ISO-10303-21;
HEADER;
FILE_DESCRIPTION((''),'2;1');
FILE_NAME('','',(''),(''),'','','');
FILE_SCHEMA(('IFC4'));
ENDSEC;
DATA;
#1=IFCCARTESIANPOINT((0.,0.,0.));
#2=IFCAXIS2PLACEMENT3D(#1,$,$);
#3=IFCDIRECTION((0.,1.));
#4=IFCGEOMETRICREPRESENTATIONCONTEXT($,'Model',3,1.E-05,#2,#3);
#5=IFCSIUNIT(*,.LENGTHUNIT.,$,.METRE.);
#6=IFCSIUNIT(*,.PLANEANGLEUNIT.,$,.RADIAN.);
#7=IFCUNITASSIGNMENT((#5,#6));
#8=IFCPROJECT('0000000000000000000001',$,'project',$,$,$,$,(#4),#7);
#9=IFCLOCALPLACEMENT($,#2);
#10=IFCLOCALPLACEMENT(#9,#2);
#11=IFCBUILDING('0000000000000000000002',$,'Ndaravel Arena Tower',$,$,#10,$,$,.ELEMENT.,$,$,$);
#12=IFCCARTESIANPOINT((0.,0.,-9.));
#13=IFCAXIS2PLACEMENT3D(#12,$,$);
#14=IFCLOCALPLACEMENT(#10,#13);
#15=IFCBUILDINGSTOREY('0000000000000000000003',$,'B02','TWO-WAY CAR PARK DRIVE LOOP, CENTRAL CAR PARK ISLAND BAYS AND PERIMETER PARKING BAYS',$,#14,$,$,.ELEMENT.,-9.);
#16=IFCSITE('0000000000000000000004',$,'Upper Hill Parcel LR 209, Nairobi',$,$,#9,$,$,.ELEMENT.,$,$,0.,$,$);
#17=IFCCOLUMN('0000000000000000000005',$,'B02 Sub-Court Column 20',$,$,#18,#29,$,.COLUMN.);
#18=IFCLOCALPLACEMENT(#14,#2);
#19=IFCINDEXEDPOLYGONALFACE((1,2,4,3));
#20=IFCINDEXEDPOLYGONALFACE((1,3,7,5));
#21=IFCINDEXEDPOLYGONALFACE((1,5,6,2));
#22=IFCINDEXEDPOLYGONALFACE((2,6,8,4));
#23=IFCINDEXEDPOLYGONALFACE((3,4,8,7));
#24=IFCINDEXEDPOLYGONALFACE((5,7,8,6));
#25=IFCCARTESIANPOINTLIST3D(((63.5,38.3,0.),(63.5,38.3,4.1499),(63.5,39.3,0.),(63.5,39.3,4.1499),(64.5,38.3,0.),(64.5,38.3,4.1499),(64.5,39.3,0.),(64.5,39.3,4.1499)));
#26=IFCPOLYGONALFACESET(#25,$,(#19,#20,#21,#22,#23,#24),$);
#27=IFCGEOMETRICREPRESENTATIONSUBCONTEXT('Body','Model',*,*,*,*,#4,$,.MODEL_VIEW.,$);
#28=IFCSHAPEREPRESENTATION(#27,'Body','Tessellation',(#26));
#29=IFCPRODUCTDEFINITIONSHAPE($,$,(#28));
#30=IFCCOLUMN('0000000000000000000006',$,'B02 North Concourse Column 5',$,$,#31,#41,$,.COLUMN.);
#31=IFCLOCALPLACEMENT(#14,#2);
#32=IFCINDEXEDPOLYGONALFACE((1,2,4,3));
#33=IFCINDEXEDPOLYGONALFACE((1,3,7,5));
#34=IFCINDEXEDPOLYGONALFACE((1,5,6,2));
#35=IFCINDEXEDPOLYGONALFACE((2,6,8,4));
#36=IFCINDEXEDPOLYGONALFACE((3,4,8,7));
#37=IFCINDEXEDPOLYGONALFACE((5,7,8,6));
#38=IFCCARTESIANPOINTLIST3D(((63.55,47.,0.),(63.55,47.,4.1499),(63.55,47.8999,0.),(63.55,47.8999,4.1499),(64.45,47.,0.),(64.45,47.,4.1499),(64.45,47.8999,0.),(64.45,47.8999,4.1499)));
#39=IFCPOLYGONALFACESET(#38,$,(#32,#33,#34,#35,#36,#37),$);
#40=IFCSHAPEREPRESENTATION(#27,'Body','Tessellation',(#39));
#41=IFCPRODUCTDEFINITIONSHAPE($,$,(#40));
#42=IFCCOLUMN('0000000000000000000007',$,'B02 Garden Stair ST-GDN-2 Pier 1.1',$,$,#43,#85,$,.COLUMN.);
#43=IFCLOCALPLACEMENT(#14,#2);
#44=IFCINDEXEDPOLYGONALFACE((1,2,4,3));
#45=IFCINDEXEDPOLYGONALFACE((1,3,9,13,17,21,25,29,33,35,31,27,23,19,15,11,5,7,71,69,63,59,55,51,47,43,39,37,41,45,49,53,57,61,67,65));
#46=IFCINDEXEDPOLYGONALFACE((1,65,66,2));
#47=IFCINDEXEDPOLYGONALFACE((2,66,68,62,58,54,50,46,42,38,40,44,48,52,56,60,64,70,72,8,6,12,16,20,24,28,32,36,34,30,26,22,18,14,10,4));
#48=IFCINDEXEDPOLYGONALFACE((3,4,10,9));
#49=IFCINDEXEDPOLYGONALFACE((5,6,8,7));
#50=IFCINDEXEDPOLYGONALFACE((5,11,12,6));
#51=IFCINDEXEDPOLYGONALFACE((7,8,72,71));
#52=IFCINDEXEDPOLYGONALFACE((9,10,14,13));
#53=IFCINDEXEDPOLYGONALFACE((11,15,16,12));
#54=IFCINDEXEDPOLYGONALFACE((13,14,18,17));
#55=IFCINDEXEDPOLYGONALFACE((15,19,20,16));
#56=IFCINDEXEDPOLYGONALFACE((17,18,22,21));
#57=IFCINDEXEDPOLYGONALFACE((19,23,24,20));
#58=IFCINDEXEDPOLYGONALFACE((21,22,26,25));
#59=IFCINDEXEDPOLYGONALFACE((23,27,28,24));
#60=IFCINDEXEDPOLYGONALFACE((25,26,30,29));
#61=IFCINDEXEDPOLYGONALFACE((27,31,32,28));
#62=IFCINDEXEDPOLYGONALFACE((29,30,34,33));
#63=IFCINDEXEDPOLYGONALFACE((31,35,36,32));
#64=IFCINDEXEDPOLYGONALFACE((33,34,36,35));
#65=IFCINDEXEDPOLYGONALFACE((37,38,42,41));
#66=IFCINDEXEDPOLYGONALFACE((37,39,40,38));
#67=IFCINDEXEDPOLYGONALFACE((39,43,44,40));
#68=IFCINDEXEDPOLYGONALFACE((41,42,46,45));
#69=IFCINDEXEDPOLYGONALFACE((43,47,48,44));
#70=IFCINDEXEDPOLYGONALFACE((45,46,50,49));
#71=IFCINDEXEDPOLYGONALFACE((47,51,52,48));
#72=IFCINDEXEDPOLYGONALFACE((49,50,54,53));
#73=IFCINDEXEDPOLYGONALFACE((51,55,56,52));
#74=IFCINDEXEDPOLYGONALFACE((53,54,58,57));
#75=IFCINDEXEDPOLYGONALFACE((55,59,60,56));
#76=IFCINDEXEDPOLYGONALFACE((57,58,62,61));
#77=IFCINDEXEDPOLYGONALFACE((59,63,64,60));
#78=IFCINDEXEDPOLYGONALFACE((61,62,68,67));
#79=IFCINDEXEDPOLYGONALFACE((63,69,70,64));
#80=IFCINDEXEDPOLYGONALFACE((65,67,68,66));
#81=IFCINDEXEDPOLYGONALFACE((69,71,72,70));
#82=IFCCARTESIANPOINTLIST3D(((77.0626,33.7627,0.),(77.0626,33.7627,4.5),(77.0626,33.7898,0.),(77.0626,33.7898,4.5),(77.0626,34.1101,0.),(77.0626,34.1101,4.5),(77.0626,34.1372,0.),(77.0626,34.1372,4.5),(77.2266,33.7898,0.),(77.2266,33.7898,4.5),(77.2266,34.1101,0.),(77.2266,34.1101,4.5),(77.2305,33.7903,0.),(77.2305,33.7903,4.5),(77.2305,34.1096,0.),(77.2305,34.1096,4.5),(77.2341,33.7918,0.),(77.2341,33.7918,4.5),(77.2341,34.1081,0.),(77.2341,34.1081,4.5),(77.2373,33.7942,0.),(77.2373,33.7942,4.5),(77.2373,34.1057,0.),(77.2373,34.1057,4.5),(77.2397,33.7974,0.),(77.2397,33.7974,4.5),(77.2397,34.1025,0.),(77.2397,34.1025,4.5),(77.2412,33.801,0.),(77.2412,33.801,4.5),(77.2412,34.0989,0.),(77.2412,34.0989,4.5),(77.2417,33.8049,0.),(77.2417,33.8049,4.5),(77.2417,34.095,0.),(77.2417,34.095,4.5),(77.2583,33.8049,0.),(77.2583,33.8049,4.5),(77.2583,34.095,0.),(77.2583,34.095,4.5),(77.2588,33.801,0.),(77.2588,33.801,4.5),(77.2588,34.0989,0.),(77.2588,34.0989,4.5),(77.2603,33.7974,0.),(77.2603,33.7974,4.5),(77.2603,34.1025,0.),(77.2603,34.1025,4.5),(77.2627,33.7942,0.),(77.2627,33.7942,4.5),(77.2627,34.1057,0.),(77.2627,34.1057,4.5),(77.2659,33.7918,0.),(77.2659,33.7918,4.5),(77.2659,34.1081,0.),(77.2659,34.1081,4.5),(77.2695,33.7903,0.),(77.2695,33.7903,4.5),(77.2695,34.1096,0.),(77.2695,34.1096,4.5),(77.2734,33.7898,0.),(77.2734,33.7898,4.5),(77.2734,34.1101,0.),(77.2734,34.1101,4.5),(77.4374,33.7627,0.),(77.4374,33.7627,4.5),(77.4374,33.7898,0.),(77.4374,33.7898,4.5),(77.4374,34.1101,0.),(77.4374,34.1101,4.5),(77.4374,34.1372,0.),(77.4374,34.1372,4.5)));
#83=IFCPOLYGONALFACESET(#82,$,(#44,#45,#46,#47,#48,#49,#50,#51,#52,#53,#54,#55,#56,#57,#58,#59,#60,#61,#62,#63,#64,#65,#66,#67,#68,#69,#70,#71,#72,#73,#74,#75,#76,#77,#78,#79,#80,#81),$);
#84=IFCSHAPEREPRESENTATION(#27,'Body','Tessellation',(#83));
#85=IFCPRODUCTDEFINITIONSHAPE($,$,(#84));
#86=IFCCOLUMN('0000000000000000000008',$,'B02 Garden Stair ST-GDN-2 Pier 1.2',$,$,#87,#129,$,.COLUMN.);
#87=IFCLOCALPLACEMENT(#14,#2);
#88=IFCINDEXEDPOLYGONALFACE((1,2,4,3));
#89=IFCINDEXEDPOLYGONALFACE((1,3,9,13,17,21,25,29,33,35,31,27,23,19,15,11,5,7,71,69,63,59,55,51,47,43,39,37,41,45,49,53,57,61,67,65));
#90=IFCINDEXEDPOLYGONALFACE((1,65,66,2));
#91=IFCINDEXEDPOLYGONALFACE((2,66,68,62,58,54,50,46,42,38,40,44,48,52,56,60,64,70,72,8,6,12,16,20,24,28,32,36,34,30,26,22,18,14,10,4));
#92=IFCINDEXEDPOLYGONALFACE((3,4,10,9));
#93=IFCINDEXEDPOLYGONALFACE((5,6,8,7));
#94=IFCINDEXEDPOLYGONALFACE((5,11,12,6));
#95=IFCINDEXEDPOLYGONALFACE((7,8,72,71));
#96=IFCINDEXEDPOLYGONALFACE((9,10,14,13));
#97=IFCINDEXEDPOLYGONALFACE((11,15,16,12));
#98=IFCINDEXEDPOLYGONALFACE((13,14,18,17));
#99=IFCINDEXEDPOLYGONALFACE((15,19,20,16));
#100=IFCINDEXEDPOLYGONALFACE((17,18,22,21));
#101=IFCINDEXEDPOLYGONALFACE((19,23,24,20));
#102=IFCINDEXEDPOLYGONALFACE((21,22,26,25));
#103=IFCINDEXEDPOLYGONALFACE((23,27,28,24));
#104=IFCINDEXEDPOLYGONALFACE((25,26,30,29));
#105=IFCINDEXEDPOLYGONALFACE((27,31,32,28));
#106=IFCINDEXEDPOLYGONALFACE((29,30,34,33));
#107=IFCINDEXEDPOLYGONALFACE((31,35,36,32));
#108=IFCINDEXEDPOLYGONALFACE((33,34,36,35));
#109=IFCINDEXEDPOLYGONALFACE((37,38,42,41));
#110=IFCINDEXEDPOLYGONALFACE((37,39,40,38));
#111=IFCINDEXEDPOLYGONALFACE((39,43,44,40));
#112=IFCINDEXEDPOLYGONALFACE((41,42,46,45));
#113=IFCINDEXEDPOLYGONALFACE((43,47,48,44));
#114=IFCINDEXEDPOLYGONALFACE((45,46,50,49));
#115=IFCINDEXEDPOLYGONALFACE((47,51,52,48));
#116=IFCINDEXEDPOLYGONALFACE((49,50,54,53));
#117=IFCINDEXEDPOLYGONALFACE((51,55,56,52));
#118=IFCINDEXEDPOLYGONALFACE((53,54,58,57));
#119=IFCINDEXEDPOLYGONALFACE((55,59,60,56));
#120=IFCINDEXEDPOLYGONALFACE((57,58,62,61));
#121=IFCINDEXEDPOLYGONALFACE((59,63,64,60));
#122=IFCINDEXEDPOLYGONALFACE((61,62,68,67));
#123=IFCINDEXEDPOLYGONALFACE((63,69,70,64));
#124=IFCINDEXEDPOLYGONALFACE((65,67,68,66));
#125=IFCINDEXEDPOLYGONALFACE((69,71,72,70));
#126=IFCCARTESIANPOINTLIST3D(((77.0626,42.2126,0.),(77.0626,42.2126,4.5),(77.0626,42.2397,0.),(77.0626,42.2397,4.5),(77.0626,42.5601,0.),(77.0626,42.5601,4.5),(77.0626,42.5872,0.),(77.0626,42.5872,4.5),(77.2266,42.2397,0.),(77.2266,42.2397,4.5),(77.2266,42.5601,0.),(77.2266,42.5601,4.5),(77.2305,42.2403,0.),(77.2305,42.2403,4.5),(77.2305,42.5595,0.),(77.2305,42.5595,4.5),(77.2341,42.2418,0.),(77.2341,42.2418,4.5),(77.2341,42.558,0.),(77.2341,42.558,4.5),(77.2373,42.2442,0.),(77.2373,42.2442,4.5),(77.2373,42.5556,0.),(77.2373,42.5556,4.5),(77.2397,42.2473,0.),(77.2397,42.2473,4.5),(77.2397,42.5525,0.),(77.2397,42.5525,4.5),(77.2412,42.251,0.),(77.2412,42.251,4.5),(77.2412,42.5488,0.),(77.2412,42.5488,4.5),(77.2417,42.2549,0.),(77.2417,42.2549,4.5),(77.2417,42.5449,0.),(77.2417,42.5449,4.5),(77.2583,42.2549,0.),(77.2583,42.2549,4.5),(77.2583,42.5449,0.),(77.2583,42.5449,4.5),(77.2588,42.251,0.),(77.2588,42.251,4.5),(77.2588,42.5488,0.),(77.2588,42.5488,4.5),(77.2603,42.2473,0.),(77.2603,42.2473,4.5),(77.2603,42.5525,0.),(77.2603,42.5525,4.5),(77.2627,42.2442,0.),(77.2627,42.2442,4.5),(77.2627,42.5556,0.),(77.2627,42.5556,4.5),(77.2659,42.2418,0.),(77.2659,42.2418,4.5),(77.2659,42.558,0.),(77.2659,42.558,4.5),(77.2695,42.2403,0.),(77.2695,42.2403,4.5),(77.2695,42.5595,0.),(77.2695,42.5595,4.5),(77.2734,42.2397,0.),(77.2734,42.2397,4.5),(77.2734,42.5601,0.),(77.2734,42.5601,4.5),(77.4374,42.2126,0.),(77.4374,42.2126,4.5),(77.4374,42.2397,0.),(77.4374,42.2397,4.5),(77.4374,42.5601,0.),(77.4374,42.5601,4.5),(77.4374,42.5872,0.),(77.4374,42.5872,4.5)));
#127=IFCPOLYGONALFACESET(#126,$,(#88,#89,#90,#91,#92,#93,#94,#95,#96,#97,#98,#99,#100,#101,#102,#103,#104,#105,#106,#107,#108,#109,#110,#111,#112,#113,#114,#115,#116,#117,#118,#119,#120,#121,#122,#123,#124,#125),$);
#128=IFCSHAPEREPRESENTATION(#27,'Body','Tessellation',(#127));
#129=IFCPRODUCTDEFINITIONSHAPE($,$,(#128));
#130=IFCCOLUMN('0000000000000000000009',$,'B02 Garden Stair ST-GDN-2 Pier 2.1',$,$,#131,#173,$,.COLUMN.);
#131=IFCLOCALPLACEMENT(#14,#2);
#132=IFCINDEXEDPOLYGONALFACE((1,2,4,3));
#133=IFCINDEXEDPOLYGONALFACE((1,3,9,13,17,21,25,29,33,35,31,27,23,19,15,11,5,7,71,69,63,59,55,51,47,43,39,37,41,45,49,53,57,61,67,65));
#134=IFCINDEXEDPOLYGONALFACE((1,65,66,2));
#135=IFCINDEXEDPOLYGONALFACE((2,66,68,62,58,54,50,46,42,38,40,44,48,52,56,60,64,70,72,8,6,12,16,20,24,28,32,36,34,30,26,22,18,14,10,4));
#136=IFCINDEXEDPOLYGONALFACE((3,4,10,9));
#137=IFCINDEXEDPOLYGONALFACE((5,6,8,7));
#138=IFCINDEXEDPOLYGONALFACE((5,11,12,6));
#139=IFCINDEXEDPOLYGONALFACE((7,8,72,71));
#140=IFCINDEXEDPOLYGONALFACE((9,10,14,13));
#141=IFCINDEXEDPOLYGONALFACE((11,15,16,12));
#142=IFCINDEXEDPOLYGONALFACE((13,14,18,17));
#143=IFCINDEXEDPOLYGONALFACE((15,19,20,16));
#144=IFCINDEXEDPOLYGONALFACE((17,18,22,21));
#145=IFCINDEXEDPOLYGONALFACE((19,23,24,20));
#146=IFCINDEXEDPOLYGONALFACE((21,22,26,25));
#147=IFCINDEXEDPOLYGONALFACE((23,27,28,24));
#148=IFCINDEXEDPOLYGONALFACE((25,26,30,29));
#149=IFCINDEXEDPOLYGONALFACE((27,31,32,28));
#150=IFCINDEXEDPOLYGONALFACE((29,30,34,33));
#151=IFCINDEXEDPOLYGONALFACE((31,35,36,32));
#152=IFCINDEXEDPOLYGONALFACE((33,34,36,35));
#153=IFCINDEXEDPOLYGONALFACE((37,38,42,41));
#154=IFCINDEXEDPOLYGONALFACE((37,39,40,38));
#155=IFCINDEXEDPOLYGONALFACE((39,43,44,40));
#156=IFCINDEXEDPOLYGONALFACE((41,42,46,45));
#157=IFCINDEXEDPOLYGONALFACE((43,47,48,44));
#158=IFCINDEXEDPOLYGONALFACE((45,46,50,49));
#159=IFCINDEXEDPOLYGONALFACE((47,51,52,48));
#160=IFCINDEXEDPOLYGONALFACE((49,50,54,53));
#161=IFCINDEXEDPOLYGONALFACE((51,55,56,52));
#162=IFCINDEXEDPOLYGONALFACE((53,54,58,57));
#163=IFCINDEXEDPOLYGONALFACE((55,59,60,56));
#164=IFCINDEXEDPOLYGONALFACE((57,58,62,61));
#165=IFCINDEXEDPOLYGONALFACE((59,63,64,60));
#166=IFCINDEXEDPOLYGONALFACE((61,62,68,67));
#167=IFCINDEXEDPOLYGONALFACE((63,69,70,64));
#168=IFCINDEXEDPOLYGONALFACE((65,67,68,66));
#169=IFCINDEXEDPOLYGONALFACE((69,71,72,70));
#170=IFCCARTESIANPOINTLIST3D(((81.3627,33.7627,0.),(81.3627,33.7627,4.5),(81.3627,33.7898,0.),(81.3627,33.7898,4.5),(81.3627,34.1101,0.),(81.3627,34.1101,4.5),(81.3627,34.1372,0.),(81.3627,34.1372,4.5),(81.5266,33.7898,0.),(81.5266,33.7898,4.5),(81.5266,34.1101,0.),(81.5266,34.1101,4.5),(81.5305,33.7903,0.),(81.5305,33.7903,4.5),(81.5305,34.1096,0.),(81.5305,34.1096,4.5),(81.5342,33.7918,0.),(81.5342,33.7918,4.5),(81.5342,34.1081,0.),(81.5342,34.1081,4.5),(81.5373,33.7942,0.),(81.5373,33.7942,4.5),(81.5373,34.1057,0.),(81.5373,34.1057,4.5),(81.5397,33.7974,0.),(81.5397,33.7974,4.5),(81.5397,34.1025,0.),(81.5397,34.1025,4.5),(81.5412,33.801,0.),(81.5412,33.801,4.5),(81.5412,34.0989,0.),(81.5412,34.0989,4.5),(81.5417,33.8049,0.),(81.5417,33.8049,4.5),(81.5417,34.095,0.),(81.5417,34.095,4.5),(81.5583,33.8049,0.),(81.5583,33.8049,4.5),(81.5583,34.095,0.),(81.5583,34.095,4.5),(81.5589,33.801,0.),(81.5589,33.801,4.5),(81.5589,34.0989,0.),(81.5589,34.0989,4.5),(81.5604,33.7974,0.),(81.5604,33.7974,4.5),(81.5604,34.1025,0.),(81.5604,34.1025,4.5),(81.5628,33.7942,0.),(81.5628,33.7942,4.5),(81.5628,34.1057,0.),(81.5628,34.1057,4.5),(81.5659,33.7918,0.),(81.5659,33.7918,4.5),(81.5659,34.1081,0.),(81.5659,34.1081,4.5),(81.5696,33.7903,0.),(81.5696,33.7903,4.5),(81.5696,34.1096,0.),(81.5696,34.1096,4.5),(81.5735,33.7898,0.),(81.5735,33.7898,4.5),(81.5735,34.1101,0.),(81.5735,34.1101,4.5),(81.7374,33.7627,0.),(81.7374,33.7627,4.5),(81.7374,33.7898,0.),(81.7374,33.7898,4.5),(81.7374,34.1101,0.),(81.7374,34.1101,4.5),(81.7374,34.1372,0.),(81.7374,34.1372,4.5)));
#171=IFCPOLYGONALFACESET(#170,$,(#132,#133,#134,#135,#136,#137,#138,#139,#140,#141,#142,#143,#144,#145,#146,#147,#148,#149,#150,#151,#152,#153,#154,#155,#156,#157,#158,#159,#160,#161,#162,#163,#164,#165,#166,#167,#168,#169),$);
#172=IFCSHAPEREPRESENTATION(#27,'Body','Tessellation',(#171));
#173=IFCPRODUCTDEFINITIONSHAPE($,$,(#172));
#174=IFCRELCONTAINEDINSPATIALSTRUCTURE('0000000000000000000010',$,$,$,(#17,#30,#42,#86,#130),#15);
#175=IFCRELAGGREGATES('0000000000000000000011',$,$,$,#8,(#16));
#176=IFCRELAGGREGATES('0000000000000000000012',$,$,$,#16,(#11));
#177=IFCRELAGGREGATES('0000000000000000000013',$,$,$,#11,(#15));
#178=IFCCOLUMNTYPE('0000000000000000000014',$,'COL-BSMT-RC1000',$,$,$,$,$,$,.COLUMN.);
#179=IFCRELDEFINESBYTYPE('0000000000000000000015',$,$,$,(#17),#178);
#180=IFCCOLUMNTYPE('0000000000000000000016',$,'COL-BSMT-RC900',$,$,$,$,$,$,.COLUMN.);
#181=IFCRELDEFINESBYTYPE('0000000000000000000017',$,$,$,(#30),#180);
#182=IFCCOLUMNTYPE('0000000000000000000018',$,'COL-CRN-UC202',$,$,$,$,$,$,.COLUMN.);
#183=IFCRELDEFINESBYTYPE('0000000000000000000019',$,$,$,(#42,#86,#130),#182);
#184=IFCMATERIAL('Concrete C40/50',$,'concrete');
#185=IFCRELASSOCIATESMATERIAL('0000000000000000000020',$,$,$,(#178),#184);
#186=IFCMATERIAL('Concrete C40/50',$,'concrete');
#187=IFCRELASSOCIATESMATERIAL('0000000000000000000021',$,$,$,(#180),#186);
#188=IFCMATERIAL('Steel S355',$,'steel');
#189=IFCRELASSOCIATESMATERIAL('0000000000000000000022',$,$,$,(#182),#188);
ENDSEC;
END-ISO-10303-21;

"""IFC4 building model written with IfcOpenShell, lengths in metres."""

from ifc_helpers import new_model, si_unit, direction, frame, origin, origin_2d, place, context, subcontext, project, spatial, rectangle, i_section, extrude, material, material_profile, profile_set, type_object, element, save


model = new_model("IFC4")

# Units and contexts
model_context = context("Model", 3, precision=1e-05, world=origin(), true_north=direction((0.0, 1.0)))
body_context = subcontext(model_context, "Body", "Model", "MODEL_VIEW")
ifc_project = project(units=[si_unit("LENGTHUNIT", "METRE"), si_unit("PLANEANGLEUNIT", "RADIAN")], contexts=[model_context])

# Site, building, storey
site_placement = place(None, origin())
site = spatial("IfcSite", under=ifc_project, at=site_placement, Name="Upper Hill Parcel LR 209, Nairobi", CompositionType="ELEMENT", RefElevation=0.0)
building_placement = place(site_placement, origin())
building = spatial("IfcBuilding", under=site, at=building_placement, Name="Ndaravel Arena Tower", CompositionType="ELEMENT")
storey_placement = place(building_placement, frame((0.0, 0.0, -9.0)))
storey = spatial("IfcBuildingStorey", under=building, at=storey_placement, Name="B02", Description="TWO-WAY CAR PARK DRIVE LOOP, CENTRAL CAR PARK ISLAND BAYS AND PERIMETER PARKING BAYS", CompositionType="ELEMENT", Elevation=-9.0)

# Columns
ifc_material_1 = material(Name="Concrete C40/50", Category="concrete")
ifc_material_profile_1 = material_profile(ifc_material_1, rectangle(XDim=1.0, YDim=1.0, at=origin_2d()), Name="RC 1000x1000")
ifc_profile_set_1 = profile_set([ifc_material_profile_1], Name="Concrete C40/50")
column_type_1 = type_object("IfcColumnType", Name="COL-BSMT-RC1000", PredefinedType="COLUMN", material=ifc_profile_set_1)
column_1_placement = place(storey_placement, frame((64.0, 38.8, 0.0), z_axis=(0.0, 0.0, 1.0), x_axis=(1.0, 0.0, 0.0)))
element("IfcColumn", 1, at=column_1_placement, inside=storey, type_object=column_type_1, Name="B02 Sub-Court Column 20", PredefinedType="COLUMN", context=body_context, shape_type="SweptSolid", body=[
    extrude(rectangle(XDim=1.0, YDim=1.0, at=origin_2d()), origin(), (0.0, 0.0, 1.0), 4.1499),
])
ifc_material_2 = material(Name="Concrete C40/50", Category="concrete")
ifc_material_profile_2 = material_profile(ifc_material_2, rectangle(XDim=0.8999, YDim=0.8999, at=origin_2d()), Name="RC 900x900")
ifc_profile_set_2 = profile_set([ifc_material_profile_2], Name="Concrete C40/50")
column_type_2 = type_object("IfcColumnType", Name="COL-BSMT-RC900", PredefinedType="COLUMN", material=ifc_profile_set_2)
column_2_placement = place(storey_placement, frame((64.0, 47.45, 0.0), z_axis=(0.0, 0.0, 1.0), x_axis=(1.0, 0.0, 0.0)))
element("IfcColumn", 2, at=column_2_placement, inside=storey, type_object=column_type_2, Name="B02 North Concourse Column 5", PredefinedType="COLUMN", context=body_context, shape_type="SweptSolid", body=[
    extrude(rectangle(XDim=0.8999, YDim=0.8999, at=origin_2d()), origin(), (0.0, 0.0, 1.0), 4.1499),
])
ifc_material_3 = material(Name="Steel S355", Category="steel")
ifc_material_profile_3 = material_profile(ifc_material_3, i_section(OverallWidth=0.3748, OverallDepth=0.3745, WebThickness=0.0166, FlangeThickness=0.0271, FilletRadius=0.0151, at=origin_2d()), Name="UC 356x368x202")
ifc_profile_set_3 = profile_set([ifc_material_profile_3], Name="Steel S355")
column_type_3 = type_object("IfcColumnType", Name="COL-CRN-UC202", PredefinedType="COLUMN", material=ifc_profile_set_3)
for number, where, z_axis, x_axis, name in (
    (3, (77.25, 33.95, 0.0), (0.0, 0.0, 1.0), (1.0, 0.0, 0.0), "B02 Garden Stair ST-GDN-2 Pier 1.1"),
    (4, (77.25, 42.3999, 0.0), (0.0, 0.0, 1.0), (1.0, 0.0, 0.0), "B02 Garden Stair ST-GDN-2 Pier 1.2"),
    (5, (81.55, 33.95, 0.0), (0.0, 0.0, 1.0), (1.0, 0.0, 0.0), "B02 Garden Stair ST-GDN-2 Pier 2.1"),
):
    element("IfcColumn", number, at=place(storey_placement, frame(where, z_axis=z_axis, x_axis=x_axis)), inside=storey, type_object=column_type_3, Name=name, PredefinedType="COLUMN", context=body_context, shape_type="SweptSolid", body=[
        extrude(i_section(OverallWidth=0.3748, OverallDepth=0.3745, WebThickness=0.0166, FlangeThickness=0.0271, FilletRadius=0.0151, at=origin_2d()), origin(), (0.0, 0.0, 1.0), 4.5),
    ])

save(model, "model.ifc")
